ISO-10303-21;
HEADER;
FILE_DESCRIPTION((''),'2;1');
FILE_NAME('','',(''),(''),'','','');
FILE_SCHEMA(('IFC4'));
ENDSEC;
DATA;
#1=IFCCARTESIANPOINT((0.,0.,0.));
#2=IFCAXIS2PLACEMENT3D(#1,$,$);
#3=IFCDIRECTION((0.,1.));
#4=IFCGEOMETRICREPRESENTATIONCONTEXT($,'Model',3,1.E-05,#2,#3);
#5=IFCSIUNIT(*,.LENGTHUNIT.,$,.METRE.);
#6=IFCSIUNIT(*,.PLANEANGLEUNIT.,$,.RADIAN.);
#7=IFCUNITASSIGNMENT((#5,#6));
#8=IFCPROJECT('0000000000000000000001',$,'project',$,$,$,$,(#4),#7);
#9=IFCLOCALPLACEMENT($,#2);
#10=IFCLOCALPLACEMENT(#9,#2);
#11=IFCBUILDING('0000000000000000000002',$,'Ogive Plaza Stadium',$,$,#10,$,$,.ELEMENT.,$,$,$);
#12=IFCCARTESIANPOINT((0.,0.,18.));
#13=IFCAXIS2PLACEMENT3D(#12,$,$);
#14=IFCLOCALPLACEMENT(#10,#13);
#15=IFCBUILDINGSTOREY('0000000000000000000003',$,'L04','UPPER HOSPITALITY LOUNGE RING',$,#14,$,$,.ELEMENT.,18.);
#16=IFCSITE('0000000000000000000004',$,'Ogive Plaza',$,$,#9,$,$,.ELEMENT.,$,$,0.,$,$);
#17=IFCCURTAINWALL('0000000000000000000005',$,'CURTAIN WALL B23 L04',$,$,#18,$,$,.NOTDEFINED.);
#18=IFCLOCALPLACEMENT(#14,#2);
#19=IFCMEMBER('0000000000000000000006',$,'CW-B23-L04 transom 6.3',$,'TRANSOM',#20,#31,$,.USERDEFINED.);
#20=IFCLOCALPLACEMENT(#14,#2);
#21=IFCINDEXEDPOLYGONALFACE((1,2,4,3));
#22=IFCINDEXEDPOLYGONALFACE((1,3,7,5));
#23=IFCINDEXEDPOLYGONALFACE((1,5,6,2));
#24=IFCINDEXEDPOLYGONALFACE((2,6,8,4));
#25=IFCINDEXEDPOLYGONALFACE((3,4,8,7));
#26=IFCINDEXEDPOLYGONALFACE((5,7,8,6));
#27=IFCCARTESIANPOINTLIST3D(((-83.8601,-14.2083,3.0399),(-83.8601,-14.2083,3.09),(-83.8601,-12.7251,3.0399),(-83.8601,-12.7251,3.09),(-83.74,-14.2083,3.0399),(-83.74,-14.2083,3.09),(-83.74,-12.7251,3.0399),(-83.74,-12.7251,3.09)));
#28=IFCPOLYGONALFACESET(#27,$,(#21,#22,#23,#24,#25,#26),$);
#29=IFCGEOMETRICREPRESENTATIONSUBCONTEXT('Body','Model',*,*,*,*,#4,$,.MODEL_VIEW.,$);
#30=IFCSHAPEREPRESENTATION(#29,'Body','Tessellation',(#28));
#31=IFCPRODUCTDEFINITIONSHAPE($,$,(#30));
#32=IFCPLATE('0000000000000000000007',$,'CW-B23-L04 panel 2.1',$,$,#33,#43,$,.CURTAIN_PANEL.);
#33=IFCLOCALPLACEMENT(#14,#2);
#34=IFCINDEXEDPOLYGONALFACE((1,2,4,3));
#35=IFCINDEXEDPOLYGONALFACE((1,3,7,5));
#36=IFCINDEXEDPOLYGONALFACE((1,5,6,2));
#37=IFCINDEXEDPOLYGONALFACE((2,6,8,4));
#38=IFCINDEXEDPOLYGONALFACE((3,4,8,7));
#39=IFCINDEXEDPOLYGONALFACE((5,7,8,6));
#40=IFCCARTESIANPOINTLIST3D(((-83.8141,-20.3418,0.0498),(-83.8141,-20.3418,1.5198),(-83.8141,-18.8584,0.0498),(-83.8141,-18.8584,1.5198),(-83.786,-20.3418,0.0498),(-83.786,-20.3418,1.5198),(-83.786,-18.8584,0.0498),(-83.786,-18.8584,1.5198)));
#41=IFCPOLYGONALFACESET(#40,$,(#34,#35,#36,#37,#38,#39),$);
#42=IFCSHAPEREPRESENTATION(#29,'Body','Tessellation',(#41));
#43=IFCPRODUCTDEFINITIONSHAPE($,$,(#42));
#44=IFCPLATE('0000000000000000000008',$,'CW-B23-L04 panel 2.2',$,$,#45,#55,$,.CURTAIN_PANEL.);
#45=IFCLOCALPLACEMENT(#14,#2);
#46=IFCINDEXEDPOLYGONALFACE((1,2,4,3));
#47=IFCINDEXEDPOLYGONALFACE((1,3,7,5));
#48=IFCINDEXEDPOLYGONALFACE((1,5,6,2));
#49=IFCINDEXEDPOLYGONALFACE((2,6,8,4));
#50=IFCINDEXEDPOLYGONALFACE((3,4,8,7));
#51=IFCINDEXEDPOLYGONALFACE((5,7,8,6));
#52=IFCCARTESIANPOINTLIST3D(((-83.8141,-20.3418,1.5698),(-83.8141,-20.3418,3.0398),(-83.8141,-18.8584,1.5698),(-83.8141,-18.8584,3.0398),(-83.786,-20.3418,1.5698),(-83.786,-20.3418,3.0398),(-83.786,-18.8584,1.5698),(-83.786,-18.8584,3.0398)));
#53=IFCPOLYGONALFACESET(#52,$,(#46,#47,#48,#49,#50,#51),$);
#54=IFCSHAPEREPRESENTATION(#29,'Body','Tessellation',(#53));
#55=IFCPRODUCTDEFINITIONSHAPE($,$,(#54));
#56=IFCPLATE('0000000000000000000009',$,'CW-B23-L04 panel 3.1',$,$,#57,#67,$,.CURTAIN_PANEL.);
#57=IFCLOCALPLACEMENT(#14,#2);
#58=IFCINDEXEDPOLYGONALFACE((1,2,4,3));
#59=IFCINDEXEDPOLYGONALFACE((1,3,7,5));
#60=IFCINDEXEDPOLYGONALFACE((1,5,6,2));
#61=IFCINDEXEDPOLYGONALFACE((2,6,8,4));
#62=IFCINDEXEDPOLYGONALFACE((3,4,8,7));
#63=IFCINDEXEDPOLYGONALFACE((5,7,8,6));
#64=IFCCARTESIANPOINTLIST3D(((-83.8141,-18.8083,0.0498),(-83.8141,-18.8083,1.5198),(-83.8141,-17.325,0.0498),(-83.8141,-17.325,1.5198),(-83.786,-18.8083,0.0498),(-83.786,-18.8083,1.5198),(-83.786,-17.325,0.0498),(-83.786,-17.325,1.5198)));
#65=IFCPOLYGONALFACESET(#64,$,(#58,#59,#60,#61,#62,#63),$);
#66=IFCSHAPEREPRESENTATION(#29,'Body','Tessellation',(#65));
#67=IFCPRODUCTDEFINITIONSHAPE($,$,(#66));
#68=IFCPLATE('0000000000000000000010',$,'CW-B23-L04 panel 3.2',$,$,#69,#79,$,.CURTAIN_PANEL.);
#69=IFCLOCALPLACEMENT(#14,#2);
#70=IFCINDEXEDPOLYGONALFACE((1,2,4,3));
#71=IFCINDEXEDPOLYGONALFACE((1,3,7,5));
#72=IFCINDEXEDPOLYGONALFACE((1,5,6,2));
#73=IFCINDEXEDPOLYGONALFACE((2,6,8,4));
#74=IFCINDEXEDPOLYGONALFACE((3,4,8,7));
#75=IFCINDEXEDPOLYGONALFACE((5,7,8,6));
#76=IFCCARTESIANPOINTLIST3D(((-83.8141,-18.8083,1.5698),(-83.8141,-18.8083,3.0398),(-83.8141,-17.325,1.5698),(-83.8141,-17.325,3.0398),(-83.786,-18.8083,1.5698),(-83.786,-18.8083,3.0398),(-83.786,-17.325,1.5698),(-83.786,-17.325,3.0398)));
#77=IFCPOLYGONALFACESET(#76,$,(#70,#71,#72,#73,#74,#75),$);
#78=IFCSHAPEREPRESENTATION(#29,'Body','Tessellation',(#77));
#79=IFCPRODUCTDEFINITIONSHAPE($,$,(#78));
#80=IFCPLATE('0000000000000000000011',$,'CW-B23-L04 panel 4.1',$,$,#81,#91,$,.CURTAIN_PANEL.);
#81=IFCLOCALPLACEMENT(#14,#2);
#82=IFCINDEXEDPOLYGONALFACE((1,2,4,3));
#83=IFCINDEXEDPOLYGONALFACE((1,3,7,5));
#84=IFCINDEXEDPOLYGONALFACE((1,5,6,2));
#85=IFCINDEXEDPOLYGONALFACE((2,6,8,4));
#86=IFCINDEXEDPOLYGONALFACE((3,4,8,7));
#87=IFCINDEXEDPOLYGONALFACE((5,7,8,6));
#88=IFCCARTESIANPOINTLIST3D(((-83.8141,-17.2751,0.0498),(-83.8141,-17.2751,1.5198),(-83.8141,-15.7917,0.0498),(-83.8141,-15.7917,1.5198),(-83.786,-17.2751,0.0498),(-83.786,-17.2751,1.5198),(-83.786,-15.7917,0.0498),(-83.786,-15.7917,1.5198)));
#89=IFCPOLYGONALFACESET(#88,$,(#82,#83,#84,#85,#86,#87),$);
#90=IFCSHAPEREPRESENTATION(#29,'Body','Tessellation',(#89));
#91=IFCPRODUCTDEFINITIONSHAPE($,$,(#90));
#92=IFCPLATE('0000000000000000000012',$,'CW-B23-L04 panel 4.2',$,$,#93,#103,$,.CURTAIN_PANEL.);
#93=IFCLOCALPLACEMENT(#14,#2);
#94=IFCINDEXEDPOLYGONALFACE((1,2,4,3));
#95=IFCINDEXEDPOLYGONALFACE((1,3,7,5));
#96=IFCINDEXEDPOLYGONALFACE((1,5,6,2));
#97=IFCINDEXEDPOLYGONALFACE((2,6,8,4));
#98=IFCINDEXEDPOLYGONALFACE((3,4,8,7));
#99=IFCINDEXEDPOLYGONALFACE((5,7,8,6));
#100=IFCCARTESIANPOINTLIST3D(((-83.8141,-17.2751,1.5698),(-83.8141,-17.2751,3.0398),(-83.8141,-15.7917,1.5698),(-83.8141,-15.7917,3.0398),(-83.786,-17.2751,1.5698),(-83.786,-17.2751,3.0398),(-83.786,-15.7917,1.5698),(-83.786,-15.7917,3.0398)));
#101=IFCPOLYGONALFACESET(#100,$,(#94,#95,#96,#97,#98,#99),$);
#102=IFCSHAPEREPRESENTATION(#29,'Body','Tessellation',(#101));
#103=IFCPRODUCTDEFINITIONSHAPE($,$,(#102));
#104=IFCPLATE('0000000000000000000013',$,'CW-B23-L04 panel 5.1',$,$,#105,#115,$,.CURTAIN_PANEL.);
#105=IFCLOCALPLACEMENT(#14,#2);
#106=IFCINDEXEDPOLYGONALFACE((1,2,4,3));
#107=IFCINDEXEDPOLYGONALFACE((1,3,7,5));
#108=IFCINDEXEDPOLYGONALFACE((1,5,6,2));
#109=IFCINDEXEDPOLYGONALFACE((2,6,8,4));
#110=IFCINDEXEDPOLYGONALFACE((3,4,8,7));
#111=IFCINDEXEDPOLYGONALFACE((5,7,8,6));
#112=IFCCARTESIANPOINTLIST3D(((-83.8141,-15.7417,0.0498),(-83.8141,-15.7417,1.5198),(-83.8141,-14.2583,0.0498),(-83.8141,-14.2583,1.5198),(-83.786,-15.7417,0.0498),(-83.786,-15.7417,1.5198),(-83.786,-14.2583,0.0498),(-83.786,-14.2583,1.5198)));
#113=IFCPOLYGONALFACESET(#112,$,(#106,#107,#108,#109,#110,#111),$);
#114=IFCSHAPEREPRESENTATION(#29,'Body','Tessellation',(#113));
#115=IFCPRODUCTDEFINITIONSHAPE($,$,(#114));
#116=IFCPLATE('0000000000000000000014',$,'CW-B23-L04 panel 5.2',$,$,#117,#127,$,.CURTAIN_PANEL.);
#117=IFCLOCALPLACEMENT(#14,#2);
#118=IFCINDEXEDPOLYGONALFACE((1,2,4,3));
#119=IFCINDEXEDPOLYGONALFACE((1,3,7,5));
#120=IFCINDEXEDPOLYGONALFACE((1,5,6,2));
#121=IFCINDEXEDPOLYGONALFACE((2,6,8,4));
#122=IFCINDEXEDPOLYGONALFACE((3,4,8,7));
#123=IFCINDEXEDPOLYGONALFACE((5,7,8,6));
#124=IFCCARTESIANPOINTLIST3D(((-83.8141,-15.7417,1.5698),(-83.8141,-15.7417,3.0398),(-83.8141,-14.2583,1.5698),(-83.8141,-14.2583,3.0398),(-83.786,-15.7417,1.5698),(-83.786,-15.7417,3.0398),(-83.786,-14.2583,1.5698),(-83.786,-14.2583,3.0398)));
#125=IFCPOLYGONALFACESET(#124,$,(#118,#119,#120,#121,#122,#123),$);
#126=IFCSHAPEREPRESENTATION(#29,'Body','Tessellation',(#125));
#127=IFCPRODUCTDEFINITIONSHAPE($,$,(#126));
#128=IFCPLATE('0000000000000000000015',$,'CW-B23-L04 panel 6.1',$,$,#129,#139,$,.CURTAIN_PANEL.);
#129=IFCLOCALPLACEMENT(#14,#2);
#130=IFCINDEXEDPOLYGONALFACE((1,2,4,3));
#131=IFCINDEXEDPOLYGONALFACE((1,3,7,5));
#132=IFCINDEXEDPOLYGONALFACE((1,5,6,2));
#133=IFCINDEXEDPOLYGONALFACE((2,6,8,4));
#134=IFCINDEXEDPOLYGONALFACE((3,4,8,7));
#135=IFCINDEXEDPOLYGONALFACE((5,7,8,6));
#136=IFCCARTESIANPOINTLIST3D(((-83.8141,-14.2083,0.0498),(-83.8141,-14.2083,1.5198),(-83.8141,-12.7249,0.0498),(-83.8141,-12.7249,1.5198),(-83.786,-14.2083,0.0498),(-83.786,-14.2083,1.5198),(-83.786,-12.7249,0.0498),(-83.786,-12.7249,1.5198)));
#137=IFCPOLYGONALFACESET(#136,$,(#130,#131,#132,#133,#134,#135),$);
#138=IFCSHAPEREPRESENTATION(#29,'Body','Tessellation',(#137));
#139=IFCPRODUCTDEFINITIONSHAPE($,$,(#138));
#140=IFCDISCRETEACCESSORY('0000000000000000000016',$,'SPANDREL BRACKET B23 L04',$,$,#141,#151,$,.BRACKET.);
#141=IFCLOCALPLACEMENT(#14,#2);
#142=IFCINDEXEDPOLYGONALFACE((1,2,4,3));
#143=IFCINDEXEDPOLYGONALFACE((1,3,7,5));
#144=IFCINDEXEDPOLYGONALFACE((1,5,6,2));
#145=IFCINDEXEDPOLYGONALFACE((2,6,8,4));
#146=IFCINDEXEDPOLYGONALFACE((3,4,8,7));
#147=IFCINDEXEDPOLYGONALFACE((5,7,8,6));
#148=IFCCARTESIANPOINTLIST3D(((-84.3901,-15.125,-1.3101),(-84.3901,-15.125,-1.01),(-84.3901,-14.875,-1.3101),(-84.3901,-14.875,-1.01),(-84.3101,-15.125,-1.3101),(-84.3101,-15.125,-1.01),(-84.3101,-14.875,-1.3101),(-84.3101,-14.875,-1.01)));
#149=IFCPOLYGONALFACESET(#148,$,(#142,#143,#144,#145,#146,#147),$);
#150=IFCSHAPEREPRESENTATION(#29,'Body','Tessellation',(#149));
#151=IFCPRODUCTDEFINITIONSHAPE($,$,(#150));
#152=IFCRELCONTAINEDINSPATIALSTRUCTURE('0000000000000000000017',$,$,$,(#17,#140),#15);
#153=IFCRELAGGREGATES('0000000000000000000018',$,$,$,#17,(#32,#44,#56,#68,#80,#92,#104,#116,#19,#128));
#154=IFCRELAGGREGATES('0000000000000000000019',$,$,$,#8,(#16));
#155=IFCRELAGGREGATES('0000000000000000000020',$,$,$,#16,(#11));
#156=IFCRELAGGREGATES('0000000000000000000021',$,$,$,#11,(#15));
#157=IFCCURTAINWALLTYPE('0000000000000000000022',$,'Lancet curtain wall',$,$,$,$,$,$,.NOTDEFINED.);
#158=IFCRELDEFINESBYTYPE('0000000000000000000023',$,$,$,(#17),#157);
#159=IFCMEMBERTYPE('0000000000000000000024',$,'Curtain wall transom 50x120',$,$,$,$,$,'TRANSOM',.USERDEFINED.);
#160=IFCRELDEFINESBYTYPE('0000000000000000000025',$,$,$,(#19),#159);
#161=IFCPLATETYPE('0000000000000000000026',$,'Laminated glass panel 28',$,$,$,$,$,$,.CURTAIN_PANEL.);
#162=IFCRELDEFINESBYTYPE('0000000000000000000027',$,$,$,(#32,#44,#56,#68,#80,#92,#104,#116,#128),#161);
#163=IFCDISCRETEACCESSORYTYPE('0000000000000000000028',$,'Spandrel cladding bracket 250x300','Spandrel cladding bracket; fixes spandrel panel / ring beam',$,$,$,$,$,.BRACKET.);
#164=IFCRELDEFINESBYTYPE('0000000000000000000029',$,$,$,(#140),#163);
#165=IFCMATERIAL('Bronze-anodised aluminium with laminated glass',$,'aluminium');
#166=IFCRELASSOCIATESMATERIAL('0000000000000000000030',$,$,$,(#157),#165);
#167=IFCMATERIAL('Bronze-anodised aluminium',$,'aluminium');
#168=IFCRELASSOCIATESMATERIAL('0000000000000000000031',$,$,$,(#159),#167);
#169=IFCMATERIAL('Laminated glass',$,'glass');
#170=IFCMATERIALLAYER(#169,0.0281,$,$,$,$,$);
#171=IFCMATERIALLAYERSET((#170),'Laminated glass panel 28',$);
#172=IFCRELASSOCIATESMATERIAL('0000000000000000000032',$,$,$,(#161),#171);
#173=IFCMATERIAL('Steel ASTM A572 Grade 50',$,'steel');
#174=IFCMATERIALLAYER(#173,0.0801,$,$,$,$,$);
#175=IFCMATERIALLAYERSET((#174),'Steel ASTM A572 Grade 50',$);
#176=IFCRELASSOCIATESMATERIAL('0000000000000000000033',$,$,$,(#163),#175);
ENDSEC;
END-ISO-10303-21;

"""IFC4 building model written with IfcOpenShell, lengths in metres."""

from ifc_helpers import new_model, si_unit, direction, frame, origin, origin_2d, place, context, subcontext, project, spatial, rectangle, extrude, material, layer, layer_set, material_profile, profile_set, type_object, element, aggregate, save


model = new_model("IFC4")

# Units and contexts
model_context = context("Model", 3, precision=1e-05, world=origin(), true_north=direction((0.0, 1.0)))
body_context = subcontext(model_context, "Body", "Model", "MODEL_VIEW")
ifc_project = project(units=[si_unit("LENGTHUNIT", "METRE"), si_unit("PLANEANGLEUNIT", "RADIAN")], contexts=[model_context])

# Site, building, storey
site_placement = place(None, origin())
site = spatial("IfcSite", under=ifc_project, at=site_placement, Name="Ogive Plaza", CompositionType="ELEMENT", RefElevation=0.0)
building_placement = place(site_placement, origin())
building = spatial("IfcBuilding", under=site, at=building_placement, Name="Ogive Plaza Stadium", CompositionType="ELEMENT")
storey_placement = place(building_placement, frame((0.0, 0.0, 18.0)))
storey = spatial("IfcBuildingStorey", under=building, at=storey_placement, Name="L04", Description="UPPER HOSPITALITY LOUNGE RING", CompositionType="ELEMENT", Elevation=18.0)

# Curtain wall, member, plates
ifc_material_1 = material(Name="Bronze-anodised aluminium with laminated glass", Category="aluminium")
curtain_wall_type = type_object("IfcCurtainWallType", Name="Lancet curtain wall", PredefinedType="NOTDEFINED", material=ifc_material_1)
curtain_wall_placement = place(storey_placement, origin())
curtain_wall = element("IfcCurtainWall", 1, at=curtain_wall_placement, inside=storey, type_object=curtain_wall_type, Name="CURTAIN WALL B23 L04", PredefinedType="NOTDEFINED")
ifc_material_2 = material(Name="Bronze-anodised aluminium", Category="aluminium")
ifc_material_profile_1 = material_profile(ifc_material_2, rectangle(XDim=0.1201, YDim=0.05, at=origin_2d()), Name="AL 120x50")
ifc_profile_set_1 = profile_set([ifc_material_profile_1], Name="Bronze-anodised aluminium")
member_type_1 = type_object("IfcMemberType", Name="Curtain wall transom 50x120", ElementType="TRANSOM", PredefinedType="USERDEFINED", material=ifc_profile_set_1)
member_1_placement = place(storey_placement, frame((-83.8, -14.2083, 3.0649), z_axis=(0.0, 1.0, 0.0), x_axis=(-1.0, 0.0, 0.0)))
member_1 = element("IfcMember", 2, at=member_1_placement, type_object=member_type_1, Name="CW-B23-L04 transom 6.3", ObjectType="TRANSOM", PredefinedType="USERDEFINED", context=body_context, shape_type="SweptSolid", body=[
    extrude(rectangle(XDim=0.1201, YDim=0.05, at=origin_2d()), origin(), (0.0, 0.0, 1.0), 1.4832),
])
ifc_material_3 = material(Name="Laminated glass", Category="glass")
ifc_layer_1 = layer(ifc_material_3, 0.0281)
ifc_layer_set_1 = layer_set([ifc_layer_1], Name="Laminated glass panel 28")
plate_type = type_object("IfcPlateType", Name="Laminated glass panel 28", PredefinedType="CURTAIN_PANEL", material=ifc_layer_set_1)
plate_1_placement = place(storey_placement, frame((-83.8, -19.6001, 0.0498), z_axis=(0.0, 0.0, 1.0), x_axis=(0.0, 1.0, 0.0)))
plate_1 = element("IfcPlate", 3, at=plate_1_placement, type_object=plate_type, Name="CW-B23-L04 panel 2.1", PredefinedType="CURTAIN_PANEL", context=body_context, shape_type="SweptSolid", body=[
    extrude(rectangle(XDim=1.4834, YDim=0.0281, at=origin_2d()), origin(), (0.0, 0.0, 1.0), 1.47),
])
plate_2_placement = place(storey_placement, frame((-83.8, -19.6001, 1.5698), z_axis=(0.0, 0.0, 1.0), x_axis=(0.0, 1.0, 0.0)))
plate_2 = element("IfcPlate", 4, at=plate_2_placement, type_object=plate_type, Name="CW-B23-L04 panel 2.2", PredefinedType="CURTAIN_PANEL", context=body_context, shape_type="SweptSolid", body=[
    extrude(rectangle(XDim=1.4834, YDim=0.0281, at=origin_2d()), origin(), (0.0, 0.0, 1.0), 1.47),
])
plate_3_placement = place(storey_placement, frame((-83.8, -18.0667, 0.0498), z_axis=(0.0, 0.0, 1.0), x_axis=(0.0, 1.0, 0.0)))
plate_3 = element("IfcPlate", 5, at=plate_3_placement, type_object=plate_type, Name="CW-B23-L04 panel 3.1", PredefinedType="CURTAIN_PANEL", context=body_context, shape_type="SweptSolid", body=[
    extrude(rectangle(XDim=1.4834, YDim=0.0281, at=origin_2d()), origin(), (0.0, 0.0, 1.0), 1.47),
])
plate_4_placement = place(storey_placement, frame((-83.8, -18.0667, 1.5698), z_axis=(0.0, 0.0, 1.0), x_axis=(0.0, 1.0, 0.0)))
plate_4 = element("IfcPlate", 6, at=plate_4_placement, type_object=plate_type, Name="CW-B23-L04 panel 3.2", PredefinedType="CURTAIN_PANEL", context=body_context, shape_type="SweptSolid", body=[
    extrude(rectangle(XDim=1.4834, YDim=0.0281, at=origin_2d()), origin(), (0.0, 0.0, 1.0), 1.47),
])
plate_5_placement = place(storey_placement, frame((-83.8, -16.5334, 0.0498), z_axis=(0.0, 0.0, 1.0), x_axis=(0.0, 1.0, 0.0)))
plate_5 = element("IfcPlate", 7, at=plate_5_placement, type_object=plate_type, Name="CW-B23-L04 panel 4.1", PredefinedType="CURTAIN_PANEL", context=body_context, shape_type="SweptSolid", body=[
    extrude(rectangle(XDim=1.4834, YDim=0.0281, at=origin_2d()), origin(), (0.0, 0.0, 1.0), 1.47),
])
plate_6_placement = place(storey_placement, frame((-83.8, -16.5334, 1.5698), z_axis=(0.0, 0.0, 1.0), x_axis=(0.0, 1.0, 0.0)))
plate_6 = element("IfcPlate", 8, at=plate_6_placement, type_object=plate_type, Name="CW-B23-L04 panel 4.2", PredefinedType="CURTAIN_PANEL", context=body_context, shape_type="SweptSolid", body=[
    extrude(rectangle(XDim=1.4834, YDim=0.0281, at=origin_2d()), origin(), (0.0, 0.0, 1.0), 1.47),
])
plate_7_placement = place(storey_placement, frame((-83.8, -15.0, 0.0498), z_axis=(0.0, 0.0, 1.0), x_axis=(0.0, 1.0, 0.0)))
plate_7 = element("IfcPlate", 9, at=plate_7_placement, type_object=plate_type, Name="CW-B23-L04 panel 5.1", PredefinedType="CURTAIN_PANEL", context=body_context, shape_type="SweptSolid", body=[
    extrude(rectangle(XDim=1.4834, YDim=0.0281, at=origin_2d()), origin(), (0.0, 0.0, 1.0), 1.47),
])
plate_8_placement = place(storey_placement, frame((-83.8, -15.0, 1.5698), z_axis=(0.0, 0.0, 1.0), x_axis=(0.0, 1.0, 0.0)))
plate_8 = element("IfcPlate", 10, at=plate_8_placement, type_object=plate_type, Name="CW-B23-L04 panel 5.2", PredefinedType="CURTAIN_PANEL", context=body_context, shape_type="SweptSolid", body=[
    extrude(rectangle(XDim=1.4834, YDim=0.0281, at=origin_2d()), origin(), (0.0, 0.0, 1.0), 1.47),
])
plate_9_placement = place(storey_placement, frame((-83.8, -13.4666, 0.0498), z_axis=(0.0, 0.0, 1.0), x_axis=(0.0, 1.0, 0.0)))
plate_9 = element("IfcPlate", 11, at=plate_9_placement, type_object=plate_type, Name="CW-B23-L04 panel 6.1", PredefinedType="CURTAIN_PANEL", context=body_context, shape_type="SweptSolid", body=[
    extrude(rectangle(XDim=1.4834, YDim=0.0281, at=origin_2d()), origin(), (0.0, 0.0, 1.0), 1.47),
])
aggregate(curtain_wall, [plate_1, plate_2, plate_3, plate_4, plate_5, plate_6, plate_7, plate_8, member_1, plate_9])

# Discrete accessory
ifc_material_4 = material(Name="Steel ASTM A572 Grade 50", Category="steel")
ifc_layer_2 = layer(ifc_material_4, 0.0801)
ifc_layer_set_2 = layer_set([ifc_layer_2], Name="Steel ASTM A572 Grade 50")
discrete_accessory_type = type_object("IfcDiscreteAccessoryType", Name="Spandrel cladding bracket 250x300", Description="Spandrel cladding bracket; fixes spandrel panel / ring beam", PredefinedType="BRACKET", material=ifc_layer_set_2)
discrete_accessory_placement = place(storey_placement, frame((-84.3501, -15.0, -1.3101), z_axis=(0.0, 0.0, 1.0), x_axis=(0.0, 1.0, 0.0)))
element("IfcDiscreteAccessory", 12, at=discrete_accessory_placement, inside=storey, type_object=discrete_accessory_type, Name="SPANDREL BRACKET B23 L04", PredefinedType="BRACKET", context=body_context, shape_type="SweptSolid", body=[
    extrude(rectangle(XDim=0.25, YDim=0.0801, at=origin_2d()), origin(), (0.0, 0.0, 1.0), 0.3),
])

save(model, "model.ifc")
